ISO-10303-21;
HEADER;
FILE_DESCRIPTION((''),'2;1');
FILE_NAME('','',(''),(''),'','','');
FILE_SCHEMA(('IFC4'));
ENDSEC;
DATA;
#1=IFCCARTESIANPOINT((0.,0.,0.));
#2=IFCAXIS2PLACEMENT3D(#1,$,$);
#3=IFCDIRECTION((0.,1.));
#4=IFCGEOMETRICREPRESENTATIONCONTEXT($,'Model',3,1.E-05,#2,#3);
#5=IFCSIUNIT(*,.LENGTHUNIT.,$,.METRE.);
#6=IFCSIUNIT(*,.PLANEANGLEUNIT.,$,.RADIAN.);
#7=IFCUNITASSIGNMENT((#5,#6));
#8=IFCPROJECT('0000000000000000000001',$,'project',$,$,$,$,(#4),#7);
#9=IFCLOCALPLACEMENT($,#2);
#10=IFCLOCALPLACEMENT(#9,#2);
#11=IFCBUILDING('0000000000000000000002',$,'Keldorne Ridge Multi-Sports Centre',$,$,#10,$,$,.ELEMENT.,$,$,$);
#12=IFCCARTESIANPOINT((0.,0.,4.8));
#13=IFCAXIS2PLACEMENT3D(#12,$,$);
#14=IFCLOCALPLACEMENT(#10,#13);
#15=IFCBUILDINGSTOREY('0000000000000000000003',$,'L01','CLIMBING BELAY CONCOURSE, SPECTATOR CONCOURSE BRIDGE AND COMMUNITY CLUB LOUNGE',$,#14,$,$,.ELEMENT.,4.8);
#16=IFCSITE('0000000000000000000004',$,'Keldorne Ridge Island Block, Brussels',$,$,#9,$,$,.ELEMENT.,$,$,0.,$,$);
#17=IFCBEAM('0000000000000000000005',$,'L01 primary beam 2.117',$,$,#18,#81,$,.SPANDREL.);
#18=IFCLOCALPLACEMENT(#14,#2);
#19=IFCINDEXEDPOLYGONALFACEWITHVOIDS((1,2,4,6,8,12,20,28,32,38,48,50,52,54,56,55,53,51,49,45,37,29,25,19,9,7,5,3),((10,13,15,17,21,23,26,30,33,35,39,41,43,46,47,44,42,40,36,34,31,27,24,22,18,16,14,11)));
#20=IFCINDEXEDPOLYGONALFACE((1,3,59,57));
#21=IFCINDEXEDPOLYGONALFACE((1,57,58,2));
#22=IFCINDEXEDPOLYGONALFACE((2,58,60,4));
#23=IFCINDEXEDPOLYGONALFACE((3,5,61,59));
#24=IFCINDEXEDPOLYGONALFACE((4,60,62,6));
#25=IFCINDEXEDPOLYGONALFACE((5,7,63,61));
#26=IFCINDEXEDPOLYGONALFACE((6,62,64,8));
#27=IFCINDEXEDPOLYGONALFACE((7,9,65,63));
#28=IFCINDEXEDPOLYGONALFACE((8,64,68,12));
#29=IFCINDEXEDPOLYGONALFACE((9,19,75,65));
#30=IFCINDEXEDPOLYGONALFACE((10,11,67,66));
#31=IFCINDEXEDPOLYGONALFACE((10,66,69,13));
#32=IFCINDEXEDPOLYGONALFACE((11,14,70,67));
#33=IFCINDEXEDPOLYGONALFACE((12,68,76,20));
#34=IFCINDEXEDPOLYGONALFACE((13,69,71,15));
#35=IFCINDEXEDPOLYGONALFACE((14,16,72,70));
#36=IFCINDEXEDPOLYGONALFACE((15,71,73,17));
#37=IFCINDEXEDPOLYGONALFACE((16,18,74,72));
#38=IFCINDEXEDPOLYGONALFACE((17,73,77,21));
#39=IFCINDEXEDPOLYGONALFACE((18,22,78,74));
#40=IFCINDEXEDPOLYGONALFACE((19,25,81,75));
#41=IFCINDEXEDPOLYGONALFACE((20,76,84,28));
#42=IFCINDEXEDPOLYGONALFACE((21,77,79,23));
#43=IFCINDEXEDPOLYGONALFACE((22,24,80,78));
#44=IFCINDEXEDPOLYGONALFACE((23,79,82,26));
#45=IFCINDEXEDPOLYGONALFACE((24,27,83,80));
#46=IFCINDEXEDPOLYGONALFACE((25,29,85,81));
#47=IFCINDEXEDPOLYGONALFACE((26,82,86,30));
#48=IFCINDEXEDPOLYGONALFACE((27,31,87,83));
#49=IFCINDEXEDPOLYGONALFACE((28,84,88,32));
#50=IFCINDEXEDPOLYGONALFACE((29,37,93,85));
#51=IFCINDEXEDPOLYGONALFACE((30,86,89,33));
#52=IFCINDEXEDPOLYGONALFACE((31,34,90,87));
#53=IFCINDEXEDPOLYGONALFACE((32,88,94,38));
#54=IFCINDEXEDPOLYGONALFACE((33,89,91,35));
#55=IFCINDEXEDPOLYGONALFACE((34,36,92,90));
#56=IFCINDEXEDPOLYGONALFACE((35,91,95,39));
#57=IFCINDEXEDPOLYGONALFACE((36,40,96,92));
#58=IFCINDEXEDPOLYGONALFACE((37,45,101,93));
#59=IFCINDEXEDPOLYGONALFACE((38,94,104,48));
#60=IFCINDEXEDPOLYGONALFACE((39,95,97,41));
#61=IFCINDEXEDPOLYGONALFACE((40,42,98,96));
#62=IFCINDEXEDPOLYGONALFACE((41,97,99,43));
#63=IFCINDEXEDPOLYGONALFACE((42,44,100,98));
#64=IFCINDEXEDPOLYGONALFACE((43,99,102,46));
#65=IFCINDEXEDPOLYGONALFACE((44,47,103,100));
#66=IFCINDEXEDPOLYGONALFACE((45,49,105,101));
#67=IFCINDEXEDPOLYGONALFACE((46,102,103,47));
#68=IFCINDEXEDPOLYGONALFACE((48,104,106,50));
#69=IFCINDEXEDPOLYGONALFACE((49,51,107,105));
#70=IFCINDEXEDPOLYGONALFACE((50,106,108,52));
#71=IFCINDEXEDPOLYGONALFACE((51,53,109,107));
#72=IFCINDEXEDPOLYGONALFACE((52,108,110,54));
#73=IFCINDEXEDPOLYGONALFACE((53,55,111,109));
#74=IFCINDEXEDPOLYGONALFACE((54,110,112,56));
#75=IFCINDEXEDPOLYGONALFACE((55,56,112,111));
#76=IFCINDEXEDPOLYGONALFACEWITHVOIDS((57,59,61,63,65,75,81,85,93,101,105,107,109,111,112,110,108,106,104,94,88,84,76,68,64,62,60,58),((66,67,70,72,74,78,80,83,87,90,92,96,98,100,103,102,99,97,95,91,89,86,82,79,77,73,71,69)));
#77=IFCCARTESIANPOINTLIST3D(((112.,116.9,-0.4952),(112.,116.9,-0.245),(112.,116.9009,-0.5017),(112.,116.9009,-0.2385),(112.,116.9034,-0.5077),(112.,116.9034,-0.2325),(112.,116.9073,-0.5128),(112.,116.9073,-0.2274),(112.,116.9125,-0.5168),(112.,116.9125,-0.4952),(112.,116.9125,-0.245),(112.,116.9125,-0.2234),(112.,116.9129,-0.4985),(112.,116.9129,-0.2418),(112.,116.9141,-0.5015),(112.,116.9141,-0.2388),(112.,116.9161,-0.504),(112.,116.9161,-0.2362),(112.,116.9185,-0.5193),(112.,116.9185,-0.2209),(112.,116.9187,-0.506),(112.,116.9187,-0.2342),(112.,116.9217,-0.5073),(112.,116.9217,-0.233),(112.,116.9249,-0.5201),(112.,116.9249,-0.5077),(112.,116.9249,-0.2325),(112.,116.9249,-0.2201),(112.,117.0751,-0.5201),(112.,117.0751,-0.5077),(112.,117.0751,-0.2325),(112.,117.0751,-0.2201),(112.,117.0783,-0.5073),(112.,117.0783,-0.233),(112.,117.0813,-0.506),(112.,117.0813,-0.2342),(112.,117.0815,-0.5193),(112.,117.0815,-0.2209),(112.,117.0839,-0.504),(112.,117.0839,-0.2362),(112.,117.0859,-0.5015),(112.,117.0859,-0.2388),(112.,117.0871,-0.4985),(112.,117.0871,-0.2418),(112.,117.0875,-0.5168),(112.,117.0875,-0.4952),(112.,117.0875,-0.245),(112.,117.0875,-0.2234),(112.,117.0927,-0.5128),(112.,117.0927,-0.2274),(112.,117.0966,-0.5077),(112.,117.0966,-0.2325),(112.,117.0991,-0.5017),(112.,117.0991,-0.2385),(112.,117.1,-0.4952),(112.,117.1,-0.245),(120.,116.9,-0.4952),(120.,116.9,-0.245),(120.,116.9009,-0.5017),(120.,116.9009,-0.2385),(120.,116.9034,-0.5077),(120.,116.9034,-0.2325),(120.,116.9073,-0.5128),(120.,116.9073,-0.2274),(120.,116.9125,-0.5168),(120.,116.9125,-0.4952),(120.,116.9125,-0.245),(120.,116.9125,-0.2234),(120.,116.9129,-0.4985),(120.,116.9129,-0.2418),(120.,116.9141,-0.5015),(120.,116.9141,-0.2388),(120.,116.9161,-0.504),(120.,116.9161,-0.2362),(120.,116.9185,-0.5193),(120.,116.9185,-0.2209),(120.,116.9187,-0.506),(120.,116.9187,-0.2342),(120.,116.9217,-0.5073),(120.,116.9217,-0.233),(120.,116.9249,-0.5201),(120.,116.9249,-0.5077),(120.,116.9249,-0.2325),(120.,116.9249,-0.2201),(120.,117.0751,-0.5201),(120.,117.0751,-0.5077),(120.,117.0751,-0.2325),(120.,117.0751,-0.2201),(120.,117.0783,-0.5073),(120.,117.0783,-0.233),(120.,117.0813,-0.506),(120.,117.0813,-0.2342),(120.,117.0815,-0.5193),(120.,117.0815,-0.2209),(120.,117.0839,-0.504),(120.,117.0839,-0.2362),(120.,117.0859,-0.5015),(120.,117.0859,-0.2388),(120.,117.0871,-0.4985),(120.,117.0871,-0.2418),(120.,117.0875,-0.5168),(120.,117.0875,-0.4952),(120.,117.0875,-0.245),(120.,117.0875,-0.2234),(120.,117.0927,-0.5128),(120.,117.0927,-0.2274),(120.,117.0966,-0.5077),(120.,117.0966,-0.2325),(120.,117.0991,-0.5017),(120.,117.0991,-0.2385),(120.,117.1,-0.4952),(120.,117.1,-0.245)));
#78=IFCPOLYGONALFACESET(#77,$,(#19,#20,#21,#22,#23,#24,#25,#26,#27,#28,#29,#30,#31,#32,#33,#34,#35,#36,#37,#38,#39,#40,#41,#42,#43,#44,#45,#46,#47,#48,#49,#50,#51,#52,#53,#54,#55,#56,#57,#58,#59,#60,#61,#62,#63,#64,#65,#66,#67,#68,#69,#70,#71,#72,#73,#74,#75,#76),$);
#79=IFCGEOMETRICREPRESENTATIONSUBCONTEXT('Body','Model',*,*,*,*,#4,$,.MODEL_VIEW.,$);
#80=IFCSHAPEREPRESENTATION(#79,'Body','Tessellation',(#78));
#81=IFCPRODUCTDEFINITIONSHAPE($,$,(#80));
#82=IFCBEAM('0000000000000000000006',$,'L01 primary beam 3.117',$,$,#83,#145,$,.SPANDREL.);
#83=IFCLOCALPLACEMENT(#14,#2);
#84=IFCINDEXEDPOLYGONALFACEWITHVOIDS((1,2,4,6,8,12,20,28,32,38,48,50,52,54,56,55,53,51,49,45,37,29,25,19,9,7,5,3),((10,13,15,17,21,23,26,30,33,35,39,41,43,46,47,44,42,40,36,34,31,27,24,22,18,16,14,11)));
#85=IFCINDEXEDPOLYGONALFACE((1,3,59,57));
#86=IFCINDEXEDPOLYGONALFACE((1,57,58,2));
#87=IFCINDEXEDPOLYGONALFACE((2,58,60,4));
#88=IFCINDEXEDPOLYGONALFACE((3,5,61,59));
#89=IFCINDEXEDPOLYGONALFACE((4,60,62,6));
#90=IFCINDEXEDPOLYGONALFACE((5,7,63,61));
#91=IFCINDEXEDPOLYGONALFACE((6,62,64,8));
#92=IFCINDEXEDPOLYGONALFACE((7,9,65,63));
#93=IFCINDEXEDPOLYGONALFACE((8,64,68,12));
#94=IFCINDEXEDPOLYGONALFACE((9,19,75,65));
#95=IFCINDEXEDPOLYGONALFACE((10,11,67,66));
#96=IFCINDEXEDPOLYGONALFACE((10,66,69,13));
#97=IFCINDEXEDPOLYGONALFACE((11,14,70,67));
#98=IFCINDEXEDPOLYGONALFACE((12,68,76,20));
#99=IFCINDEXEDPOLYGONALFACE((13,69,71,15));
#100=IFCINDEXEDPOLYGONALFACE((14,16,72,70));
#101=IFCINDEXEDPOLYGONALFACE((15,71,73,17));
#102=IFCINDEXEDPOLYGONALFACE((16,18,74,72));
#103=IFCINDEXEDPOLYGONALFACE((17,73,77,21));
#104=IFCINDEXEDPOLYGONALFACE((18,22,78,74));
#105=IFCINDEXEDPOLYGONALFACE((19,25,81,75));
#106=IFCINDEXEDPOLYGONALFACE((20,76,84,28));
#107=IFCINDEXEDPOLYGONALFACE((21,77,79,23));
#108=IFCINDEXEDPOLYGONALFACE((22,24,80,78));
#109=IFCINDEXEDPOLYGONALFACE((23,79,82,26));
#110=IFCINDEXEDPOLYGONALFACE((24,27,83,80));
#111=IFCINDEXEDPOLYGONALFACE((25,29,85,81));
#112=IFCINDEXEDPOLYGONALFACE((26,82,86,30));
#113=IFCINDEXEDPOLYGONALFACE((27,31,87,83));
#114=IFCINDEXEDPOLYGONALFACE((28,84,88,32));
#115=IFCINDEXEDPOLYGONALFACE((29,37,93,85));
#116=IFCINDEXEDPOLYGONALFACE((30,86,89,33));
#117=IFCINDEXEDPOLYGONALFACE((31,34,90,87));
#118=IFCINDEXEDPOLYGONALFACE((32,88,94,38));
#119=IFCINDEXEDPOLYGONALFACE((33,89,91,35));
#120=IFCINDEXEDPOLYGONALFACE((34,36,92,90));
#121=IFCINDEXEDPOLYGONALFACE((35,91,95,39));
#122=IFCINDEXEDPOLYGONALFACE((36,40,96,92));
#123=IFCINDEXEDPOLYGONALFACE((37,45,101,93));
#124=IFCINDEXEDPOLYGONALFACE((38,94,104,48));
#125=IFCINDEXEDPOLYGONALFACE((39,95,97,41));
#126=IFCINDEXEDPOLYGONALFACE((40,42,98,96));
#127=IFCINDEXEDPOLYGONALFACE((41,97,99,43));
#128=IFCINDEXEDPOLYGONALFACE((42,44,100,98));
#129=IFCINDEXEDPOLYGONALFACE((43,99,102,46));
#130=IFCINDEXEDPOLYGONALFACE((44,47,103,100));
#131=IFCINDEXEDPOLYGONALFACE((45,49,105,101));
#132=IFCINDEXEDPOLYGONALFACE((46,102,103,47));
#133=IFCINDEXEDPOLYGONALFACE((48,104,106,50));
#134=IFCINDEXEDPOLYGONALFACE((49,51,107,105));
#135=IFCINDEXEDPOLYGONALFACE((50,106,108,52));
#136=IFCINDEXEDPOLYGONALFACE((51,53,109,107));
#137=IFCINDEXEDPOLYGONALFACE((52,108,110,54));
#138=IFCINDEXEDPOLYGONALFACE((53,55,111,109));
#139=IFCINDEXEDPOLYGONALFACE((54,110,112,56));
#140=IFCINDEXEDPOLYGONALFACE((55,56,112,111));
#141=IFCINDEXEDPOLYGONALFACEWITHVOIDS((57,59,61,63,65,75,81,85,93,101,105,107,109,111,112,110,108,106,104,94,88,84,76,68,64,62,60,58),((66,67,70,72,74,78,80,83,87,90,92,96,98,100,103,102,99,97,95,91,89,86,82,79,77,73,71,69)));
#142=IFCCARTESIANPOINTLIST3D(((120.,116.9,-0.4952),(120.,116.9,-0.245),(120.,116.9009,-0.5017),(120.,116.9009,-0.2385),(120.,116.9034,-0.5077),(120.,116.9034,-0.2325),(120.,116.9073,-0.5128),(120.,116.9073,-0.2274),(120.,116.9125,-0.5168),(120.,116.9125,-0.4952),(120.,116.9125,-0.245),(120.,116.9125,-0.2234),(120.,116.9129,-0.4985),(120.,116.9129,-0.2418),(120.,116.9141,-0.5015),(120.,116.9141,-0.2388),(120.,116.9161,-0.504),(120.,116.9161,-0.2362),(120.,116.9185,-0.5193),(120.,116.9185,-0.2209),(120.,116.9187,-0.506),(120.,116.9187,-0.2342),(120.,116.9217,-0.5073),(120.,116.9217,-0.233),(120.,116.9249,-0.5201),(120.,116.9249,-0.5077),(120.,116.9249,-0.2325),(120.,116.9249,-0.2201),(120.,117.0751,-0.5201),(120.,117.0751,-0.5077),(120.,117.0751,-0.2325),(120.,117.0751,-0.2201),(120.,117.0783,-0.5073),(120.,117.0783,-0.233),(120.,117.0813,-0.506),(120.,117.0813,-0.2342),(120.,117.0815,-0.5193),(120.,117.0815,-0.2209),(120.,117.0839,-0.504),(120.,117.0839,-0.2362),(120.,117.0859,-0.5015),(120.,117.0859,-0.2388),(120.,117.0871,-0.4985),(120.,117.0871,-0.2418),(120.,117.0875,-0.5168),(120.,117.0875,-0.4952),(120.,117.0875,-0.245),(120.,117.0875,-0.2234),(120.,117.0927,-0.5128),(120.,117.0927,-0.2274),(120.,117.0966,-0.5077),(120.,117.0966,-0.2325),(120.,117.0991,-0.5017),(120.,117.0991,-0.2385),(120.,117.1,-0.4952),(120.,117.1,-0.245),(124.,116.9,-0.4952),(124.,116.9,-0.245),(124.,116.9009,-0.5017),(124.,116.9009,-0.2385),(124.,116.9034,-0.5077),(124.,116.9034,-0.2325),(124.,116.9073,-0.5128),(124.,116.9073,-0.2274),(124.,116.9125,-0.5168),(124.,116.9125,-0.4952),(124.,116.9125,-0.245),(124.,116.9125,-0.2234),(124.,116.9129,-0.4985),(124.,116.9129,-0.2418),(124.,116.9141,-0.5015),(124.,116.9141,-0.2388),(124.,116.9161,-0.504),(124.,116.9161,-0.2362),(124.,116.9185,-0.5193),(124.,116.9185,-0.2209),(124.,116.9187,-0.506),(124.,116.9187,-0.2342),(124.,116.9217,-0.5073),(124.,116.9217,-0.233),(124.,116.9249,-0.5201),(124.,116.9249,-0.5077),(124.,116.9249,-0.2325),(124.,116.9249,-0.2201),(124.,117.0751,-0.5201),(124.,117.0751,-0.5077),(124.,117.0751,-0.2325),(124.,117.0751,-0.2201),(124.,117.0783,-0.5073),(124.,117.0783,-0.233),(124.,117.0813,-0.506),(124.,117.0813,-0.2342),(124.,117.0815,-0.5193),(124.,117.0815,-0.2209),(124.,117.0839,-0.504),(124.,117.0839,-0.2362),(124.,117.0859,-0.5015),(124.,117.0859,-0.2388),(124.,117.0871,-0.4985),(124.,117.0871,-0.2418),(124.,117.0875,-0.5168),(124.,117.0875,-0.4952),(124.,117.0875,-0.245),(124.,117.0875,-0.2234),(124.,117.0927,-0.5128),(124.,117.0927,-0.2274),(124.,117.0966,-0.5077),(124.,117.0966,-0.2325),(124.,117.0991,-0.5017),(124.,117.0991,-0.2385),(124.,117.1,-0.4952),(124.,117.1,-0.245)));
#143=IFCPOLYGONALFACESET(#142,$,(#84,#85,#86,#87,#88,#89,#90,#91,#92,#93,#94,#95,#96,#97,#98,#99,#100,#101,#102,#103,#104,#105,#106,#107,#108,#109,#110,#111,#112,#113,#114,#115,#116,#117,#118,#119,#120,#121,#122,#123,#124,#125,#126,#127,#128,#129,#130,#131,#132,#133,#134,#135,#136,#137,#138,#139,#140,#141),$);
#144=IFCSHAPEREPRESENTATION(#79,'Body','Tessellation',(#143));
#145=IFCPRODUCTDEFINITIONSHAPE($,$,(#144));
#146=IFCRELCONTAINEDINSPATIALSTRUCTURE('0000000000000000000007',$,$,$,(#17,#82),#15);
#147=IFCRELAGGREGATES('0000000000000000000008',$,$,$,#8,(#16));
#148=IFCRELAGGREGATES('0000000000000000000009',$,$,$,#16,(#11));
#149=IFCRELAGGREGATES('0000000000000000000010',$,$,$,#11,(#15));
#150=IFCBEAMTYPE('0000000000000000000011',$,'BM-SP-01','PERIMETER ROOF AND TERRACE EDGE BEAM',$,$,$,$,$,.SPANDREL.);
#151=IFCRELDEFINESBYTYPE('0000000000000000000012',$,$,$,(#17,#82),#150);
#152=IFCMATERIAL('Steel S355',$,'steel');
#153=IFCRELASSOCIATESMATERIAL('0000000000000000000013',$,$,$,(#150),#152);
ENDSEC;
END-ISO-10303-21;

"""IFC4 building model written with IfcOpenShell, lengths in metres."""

from ifc_helpers import new_model, si_unit, direction, frame, origin, origin_2d, place, context, subcontext, project, spatial, hollow_rectangle, extrude, material, material_profile, profile_set, type_object, element, save


model = new_model("IFC4")

# Units and contexts
model_context = context("Model", 3, precision=1e-05, world=origin(), true_north=direction((0.0, 1.0)))
body_context = subcontext(model_context, "Body", "Model", "MODEL_VIEW")
ifc_project = project(units=[si_unit("LENGTHUNIT", "METRE"), si_unit("PLANEANGLEUNIT", "RADIAN")], contexts=[model_context])

# Site, building, storey
site_placement = place(None, origin())
site = spatial("IfcSite", under=ifc_project, at=site_placement, Name="Keldorne Ridge Island Block, Brussels", CompositionType="ELEMENT", RefElevation=0.0)
building_placement = place(site_placement, origin())
building = spatial("IfcBuilding", under=site, at=building_placement, Name="Keldorne Ridge Multi-Sports Centre", CompositionType="ELEMENT")
storey_placement = place(building_placement, frame((0.0, 0.0, 4.8)))
storey = spatial("IfcBuildingStorey", under=building, at=storey_placement, Name="L01", Description="CLIMBING BELAY CONCOURSE, SPECTATOR CONCOURSE BRIDGE AND COMMUNITY CLUB LOUNGE", CompositionType="ELEMENT", Elevation=4.8)

# Shared definitions
ifc_material_1 = material(Name="Steel S355", Category="steel")

# Beams
ifc_material_profile_1 = material_profile(ifc_material_1, hollow_rectangle(XDim=0.2, YDim=0.3, WallThickness=0.0125, InnerFilletRadius=0.0125, OuterFilletRadius=0.0249, at=origin_2d()), Name="RHS 300x200x12.5")
ifc_profile_set_1 = profile_set([ifc_material_profile_1], Name="Steel S355")
beam_type_1 = type_object("IfcBeamType", Name="BM-SP-01", Description="PERIMETER ROOF AND TERRACE EDGE BEAM", PredefinedType="SPANDREL", material=ifc_profile_set_1)
beam_1_placement = place(storey_placement, frame((112.0, 117.0, -0.3701), z_axis=(1.0, 0.0, 0.0), x_axis=(0.0, 1.0, 0.0)))
element("IfcBeam", 1, at=beam_1_placement, inside=storey, type_object=beam_type_1, Name="L01 primary beam 2.117", PredefinedType="SPANDREL", context=body_context, shape_type="SweptSolid", body=[
    extrude(hollow_rectangle(XDim=0.2, YDim=0.3, WallThickness=0.0125, InnerFilletRadius=0.0125, OuterFilletRadius=0.0249, at=origin_2d()), origin(), (0.0, 0.0, 1.0), 8.0),
])
beam_2_placement = place(storey_placement, frame((120.0, 117.0, -0.3701), z_axis=(1.0, 0.0, 0.0), x_axis=(0.0, 1.0, 0.0)))
element("IfcBeam", 2, at=beam_2_placement, inside=storey, type_object=beam_type_1, Name="L01 primary beam 3.117", PredefinedType="SPANDREL", context=body_context, shape_type="SweptSolid", body=[
    extrude(hollow_rectangle(XDim=0.2, YDim=0.3, WallThickness=0.0125, InnerFilletRadius=0.0125, OuterFilletRadius=0.0249, at=origin_2d()), origin(), (0.0, 0.0, 1.0), 4.0),
])

save(model, "model.ifc")
